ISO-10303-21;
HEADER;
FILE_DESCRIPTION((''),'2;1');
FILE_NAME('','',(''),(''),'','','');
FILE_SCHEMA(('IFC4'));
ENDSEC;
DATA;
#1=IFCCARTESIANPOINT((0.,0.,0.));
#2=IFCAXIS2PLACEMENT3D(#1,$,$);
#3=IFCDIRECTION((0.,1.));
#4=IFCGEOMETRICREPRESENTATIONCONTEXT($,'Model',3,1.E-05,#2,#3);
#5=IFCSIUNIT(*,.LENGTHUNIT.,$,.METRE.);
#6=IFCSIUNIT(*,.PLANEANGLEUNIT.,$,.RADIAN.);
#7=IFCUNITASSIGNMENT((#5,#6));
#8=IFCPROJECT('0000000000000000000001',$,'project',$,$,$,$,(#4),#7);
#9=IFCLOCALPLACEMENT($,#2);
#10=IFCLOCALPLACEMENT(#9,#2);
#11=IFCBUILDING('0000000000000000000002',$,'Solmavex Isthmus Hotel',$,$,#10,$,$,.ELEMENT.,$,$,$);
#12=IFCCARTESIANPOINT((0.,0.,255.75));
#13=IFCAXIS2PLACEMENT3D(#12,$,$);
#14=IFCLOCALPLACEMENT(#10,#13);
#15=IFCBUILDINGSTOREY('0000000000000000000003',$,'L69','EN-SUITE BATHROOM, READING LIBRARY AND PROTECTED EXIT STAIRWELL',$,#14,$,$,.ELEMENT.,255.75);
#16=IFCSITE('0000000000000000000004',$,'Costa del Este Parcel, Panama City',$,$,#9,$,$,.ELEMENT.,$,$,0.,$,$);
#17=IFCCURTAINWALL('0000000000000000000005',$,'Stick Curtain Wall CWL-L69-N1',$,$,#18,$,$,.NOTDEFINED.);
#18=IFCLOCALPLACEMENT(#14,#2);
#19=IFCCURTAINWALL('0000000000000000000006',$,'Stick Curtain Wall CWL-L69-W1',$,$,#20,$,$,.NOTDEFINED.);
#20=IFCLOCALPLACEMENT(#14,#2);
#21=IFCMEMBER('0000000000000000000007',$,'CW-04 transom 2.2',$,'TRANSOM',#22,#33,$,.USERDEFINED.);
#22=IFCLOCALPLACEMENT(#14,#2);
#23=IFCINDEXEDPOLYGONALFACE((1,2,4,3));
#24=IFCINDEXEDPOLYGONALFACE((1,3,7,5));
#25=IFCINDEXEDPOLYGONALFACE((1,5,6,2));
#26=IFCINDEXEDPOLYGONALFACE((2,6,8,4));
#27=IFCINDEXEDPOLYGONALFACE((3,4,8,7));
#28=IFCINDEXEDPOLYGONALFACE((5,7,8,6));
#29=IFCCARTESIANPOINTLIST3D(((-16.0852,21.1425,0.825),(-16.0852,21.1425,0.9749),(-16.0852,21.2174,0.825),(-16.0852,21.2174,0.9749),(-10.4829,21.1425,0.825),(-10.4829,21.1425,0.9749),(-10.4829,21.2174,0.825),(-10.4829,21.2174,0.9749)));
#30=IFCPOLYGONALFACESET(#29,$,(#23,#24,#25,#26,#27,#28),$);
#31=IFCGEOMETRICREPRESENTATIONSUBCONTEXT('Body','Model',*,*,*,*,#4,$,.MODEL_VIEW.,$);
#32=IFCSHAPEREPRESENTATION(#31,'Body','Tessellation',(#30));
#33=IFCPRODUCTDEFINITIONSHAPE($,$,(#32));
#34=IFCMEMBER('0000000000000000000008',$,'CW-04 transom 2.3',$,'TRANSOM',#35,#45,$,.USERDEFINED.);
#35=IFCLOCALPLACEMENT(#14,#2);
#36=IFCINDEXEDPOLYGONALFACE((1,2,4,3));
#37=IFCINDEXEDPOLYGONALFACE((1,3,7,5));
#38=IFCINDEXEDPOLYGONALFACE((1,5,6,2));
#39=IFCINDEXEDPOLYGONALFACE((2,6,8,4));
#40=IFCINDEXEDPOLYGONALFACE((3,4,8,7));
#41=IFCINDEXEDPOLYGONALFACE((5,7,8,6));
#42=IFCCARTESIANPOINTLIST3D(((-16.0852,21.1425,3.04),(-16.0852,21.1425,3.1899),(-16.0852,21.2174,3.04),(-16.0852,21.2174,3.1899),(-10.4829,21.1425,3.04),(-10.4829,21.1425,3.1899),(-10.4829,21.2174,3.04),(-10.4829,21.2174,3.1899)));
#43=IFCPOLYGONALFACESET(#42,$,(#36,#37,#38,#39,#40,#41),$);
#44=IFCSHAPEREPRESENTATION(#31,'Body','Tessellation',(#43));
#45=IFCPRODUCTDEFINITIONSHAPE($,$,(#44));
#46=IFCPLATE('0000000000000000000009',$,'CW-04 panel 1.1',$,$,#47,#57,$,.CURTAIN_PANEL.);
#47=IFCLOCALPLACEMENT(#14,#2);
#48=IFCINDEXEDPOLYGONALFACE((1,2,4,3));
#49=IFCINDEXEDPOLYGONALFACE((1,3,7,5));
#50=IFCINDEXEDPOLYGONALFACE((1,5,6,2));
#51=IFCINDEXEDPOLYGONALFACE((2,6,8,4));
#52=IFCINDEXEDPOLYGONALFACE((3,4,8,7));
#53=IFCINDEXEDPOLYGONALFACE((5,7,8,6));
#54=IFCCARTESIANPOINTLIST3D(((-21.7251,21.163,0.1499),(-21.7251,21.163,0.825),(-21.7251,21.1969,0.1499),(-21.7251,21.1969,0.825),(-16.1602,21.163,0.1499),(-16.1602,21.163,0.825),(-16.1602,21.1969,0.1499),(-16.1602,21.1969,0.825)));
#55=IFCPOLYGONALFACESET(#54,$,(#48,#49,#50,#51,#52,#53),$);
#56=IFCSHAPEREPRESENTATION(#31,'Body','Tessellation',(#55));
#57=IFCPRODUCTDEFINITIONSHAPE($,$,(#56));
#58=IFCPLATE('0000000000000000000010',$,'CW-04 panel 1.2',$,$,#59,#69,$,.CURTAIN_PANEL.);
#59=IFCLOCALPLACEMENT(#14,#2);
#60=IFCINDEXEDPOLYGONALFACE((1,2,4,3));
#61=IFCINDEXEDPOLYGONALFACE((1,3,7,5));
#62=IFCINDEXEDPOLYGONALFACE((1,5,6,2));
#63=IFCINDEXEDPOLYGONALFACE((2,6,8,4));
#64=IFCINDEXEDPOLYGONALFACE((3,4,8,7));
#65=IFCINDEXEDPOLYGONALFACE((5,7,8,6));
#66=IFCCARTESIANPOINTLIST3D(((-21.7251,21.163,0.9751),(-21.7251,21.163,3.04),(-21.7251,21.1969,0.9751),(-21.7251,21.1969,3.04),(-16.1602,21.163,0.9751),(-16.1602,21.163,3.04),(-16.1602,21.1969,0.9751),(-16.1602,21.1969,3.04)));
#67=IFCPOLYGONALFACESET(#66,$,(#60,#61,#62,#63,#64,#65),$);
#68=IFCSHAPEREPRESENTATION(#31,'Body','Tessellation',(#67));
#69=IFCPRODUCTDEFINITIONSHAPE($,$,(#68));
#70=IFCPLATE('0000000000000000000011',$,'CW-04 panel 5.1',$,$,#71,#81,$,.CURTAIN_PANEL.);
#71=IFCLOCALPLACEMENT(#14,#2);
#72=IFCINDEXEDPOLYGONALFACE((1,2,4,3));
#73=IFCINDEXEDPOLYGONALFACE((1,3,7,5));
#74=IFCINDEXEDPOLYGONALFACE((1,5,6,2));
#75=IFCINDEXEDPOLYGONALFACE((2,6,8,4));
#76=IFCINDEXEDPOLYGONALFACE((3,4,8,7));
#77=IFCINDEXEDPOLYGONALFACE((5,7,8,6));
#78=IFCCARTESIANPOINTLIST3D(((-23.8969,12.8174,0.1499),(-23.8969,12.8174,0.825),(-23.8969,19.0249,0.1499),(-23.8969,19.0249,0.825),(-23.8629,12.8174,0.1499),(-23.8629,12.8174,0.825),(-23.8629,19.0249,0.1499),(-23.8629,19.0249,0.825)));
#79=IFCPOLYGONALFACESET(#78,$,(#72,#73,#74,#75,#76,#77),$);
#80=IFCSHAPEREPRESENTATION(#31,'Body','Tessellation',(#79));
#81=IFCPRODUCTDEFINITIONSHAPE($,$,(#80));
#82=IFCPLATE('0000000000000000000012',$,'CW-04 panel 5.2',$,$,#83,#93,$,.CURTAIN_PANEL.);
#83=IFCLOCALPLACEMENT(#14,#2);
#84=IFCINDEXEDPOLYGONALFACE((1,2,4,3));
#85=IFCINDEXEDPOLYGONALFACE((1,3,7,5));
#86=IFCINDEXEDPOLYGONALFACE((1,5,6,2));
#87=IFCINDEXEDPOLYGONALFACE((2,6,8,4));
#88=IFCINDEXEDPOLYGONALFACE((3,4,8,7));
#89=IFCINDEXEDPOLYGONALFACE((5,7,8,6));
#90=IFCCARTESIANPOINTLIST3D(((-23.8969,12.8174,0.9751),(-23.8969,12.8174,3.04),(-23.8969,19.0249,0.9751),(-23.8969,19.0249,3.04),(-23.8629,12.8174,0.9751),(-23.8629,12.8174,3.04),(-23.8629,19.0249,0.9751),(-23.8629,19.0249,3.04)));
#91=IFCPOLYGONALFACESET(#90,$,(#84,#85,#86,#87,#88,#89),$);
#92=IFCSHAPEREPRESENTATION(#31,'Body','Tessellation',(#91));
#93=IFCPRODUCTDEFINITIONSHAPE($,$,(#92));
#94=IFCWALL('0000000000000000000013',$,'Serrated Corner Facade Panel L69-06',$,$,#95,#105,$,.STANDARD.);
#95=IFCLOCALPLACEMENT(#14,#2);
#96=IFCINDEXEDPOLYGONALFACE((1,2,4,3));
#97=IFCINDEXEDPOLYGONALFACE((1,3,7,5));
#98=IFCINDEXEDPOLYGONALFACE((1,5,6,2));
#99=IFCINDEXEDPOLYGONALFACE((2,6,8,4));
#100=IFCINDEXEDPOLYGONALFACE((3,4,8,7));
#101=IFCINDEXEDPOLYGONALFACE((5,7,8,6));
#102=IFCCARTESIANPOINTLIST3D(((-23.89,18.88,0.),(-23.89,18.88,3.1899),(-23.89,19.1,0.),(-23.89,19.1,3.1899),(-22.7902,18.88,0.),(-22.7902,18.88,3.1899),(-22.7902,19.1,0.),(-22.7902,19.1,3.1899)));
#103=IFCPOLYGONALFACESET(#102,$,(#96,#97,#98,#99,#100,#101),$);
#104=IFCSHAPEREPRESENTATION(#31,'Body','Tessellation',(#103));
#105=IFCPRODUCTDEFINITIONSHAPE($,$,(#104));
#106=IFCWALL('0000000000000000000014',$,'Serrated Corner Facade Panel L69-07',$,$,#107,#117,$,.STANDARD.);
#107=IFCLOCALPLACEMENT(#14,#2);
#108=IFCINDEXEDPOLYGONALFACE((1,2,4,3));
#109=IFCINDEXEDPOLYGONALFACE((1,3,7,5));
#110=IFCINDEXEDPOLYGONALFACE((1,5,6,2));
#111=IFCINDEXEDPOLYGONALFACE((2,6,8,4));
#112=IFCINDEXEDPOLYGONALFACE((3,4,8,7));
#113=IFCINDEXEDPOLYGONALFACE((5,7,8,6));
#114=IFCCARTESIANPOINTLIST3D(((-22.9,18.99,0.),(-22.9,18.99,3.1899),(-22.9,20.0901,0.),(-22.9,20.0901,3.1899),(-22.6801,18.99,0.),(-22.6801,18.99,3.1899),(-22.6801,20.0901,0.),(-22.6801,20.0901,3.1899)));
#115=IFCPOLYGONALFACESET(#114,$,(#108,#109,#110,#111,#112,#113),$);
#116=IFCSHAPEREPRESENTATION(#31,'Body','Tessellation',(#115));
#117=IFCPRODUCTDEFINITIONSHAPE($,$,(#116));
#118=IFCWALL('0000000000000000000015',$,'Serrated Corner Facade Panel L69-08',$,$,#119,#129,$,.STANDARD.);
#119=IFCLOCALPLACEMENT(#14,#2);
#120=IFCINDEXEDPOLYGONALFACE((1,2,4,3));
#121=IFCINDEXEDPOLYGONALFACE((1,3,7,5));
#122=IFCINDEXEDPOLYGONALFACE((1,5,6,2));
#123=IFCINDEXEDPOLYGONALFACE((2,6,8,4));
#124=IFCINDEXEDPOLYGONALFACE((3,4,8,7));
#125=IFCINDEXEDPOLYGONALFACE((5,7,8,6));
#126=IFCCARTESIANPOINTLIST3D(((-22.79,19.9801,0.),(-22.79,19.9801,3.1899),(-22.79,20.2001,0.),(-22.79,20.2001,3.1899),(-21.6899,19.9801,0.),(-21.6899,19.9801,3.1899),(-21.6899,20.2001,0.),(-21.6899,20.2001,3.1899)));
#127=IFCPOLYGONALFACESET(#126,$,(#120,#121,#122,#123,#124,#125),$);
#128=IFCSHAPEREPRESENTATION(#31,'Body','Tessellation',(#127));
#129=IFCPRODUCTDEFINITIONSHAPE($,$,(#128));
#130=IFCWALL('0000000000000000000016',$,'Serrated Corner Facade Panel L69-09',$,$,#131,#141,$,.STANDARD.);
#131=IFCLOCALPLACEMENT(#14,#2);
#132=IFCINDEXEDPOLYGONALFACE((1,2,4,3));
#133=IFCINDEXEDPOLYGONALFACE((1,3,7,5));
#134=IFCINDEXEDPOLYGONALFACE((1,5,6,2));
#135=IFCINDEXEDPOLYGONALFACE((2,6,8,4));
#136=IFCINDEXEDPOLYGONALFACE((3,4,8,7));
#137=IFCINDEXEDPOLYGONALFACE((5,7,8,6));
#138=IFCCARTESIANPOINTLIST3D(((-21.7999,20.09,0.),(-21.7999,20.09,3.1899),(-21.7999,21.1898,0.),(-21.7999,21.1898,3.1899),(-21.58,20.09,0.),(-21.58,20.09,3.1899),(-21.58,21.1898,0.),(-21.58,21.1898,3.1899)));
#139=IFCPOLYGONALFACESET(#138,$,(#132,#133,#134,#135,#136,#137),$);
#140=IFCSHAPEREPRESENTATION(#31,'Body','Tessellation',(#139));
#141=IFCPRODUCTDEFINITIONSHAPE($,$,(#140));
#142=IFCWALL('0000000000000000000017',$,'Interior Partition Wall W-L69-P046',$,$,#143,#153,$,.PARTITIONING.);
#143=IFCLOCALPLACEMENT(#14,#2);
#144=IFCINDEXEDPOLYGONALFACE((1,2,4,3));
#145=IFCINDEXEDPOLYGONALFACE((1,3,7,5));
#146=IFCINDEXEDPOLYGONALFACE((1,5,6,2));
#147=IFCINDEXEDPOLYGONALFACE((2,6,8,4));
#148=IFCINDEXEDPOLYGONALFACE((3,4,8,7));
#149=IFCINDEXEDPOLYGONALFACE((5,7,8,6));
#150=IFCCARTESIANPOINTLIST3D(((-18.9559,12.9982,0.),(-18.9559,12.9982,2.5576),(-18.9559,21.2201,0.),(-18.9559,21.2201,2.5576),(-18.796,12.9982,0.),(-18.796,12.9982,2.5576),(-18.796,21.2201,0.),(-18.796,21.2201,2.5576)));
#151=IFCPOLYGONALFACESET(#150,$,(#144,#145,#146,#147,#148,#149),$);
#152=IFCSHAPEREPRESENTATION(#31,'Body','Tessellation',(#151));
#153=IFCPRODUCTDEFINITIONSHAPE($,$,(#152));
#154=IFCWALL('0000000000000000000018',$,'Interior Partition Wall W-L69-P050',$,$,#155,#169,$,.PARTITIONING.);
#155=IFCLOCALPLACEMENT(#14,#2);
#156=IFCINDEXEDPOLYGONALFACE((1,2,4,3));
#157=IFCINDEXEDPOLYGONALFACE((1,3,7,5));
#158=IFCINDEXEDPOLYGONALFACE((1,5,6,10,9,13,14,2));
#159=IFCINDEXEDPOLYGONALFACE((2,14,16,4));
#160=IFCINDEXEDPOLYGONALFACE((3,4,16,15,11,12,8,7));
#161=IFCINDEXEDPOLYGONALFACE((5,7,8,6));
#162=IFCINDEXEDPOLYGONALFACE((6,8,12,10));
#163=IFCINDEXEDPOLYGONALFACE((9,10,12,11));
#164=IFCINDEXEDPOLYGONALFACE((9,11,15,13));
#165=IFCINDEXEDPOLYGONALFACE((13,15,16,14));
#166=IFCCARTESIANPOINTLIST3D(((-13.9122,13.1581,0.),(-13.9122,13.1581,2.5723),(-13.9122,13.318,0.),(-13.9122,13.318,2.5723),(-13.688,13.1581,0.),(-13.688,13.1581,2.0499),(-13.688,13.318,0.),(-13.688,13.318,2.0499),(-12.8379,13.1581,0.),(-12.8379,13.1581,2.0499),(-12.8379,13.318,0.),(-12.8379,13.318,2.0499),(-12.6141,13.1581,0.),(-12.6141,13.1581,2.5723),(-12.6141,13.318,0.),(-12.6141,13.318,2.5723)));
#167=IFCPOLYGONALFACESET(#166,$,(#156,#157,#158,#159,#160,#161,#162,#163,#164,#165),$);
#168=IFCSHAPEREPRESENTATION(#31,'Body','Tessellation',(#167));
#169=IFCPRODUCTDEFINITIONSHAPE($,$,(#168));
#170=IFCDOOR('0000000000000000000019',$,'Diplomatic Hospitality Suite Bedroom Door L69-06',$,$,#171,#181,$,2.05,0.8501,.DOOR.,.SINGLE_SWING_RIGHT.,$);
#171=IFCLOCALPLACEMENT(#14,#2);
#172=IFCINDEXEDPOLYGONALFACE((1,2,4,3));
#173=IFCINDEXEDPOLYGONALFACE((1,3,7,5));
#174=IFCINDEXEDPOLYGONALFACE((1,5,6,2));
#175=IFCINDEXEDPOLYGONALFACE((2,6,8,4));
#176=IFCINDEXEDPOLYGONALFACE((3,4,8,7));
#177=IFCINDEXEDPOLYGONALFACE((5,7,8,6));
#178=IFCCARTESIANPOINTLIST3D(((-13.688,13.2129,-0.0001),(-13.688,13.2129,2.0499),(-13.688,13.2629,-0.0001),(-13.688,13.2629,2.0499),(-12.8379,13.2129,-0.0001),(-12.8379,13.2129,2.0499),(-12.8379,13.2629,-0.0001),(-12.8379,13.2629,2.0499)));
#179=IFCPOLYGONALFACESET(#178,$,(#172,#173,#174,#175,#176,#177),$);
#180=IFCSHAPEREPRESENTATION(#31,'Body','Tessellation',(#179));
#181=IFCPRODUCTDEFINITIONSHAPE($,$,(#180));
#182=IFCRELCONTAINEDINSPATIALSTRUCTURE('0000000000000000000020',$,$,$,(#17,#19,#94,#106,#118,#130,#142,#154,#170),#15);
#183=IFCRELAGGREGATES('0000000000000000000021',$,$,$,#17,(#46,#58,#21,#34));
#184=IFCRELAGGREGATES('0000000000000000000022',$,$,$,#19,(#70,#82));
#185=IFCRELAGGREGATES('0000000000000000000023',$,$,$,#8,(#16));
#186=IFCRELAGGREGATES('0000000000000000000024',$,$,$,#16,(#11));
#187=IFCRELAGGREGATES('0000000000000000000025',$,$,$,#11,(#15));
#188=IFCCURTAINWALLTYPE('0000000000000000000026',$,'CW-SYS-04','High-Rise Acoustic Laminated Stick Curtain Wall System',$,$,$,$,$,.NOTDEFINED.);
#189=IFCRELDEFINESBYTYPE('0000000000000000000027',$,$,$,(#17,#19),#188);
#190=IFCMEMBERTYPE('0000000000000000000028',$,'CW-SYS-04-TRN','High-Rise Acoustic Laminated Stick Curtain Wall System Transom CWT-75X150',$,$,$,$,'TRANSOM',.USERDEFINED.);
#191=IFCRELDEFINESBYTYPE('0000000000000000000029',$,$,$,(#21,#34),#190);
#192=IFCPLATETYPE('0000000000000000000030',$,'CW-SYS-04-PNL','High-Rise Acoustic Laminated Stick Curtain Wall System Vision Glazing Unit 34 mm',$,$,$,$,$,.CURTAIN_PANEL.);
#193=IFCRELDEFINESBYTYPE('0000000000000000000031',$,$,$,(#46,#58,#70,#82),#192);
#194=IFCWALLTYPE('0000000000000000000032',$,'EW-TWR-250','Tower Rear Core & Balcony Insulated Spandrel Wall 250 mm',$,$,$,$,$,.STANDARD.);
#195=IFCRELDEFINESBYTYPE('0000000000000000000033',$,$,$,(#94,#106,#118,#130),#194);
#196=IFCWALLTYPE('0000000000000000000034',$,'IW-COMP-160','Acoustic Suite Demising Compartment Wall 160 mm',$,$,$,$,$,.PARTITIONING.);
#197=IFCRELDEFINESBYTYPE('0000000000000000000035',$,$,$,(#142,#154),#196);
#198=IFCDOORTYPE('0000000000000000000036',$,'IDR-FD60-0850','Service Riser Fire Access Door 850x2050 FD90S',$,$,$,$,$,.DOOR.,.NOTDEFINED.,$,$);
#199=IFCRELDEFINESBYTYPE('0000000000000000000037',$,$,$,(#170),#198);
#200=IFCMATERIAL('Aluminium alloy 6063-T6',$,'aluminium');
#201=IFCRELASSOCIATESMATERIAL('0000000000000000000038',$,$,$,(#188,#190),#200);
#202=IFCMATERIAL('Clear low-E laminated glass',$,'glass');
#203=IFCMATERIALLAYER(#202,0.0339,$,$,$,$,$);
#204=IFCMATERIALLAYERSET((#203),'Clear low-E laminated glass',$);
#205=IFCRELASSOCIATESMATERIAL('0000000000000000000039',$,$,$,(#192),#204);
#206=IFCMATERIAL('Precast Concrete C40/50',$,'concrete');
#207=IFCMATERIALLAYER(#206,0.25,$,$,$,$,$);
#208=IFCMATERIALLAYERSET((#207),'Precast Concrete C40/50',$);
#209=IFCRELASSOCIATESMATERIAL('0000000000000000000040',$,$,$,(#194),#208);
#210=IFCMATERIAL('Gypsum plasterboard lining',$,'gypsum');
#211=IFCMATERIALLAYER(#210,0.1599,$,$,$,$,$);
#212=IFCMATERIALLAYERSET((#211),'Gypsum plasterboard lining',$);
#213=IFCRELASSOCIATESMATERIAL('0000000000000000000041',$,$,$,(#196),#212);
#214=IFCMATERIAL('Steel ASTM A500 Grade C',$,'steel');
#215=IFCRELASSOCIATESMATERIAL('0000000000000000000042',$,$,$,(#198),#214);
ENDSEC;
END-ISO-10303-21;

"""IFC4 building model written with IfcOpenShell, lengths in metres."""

from ifc_helpers import new_model, si_unit, direction, frame, frame_2d, origin, origin_2d, place, context, subcontext, project, spatial, rectangle, extrude, material, layer, layer_set, material_profile, profile_set, type_object, element, fill, aggregate, save


model = new_model("IFC4")

# Units and contexts
model_context = context("Model", 3, precision=1e-05, world=origin(), true_north=direction((0.0, 1.0)))
body_context = subcontext(model_context, "Body", "Model", "MODEL_VIEW")
ifc_project = project(units=[si_unit("LENGTHUNIT", "METRE"), si_unit("PLANEANGLEUNIT", "RADIAN")], contexts=[model_context])

# Site, building, storey
site_placement = place(None, origin())
site = spatial("IfcSite", under=ifc_project, at=site_placement, Name="Costa del Este Parcel, Panama City", CompositionType="ELEMENT", RefElevation=0.0)
building_placement = place(site_placement, origin())
building = spatial("IfcBuilding", under=site, at=building_placement, Name="Solmavex Isthmus Hotel", CompositionType="ELEMENT")
storey_placement = place(building_placement, frame((0.0, 0.0, 255.75)))
storey = spatial("IfcBuildingStorey", under=building, at=storey_placement, Name="L69", Description="EN-SUITE BATHROOM, READING LIBRARY AND PROTECTED EXIT STAIRWELL", CompositionType="ELEMENT", Elevation=255.75)

# Curtain wall
ifc_material_1 = material(Name="Aluminium alloy 6063-T6", Category="aluminium")
curtain_wall_type = type_object("IfcCurtainWallType", Name="CW-SYS-04", Description="High-Rise Acoustic Laminated Stick Curtain Wall System", PredefinedType="NOTDEFINED", material=ifc_material_1)
curtain_wall_1_placement = place(storey_placement, origin())
curtain_wall_1 = element("IfcCurtainWall", 1, at=curtain_wall_1_placement, inside=storey, type_object=curtain_wall_type, Name="Stick Curtain Wall CWL-L69-N1", PredefinedType="NOTDEFINED")

# Curtain wall
curtain_wall_2_placement = place(storey_placement, origin())
curtain_wall_2 = element("IfcCurtainWall", 2, at=curtain_wall_2_placement, inside=storey, type_object=curtain_wall_type, Name="Stick Curtain Wall CWL-L69-W1", PredefinedType="NOTDEFINED")

# Members
ifc_material_profile_1 = material_profile(ifc_material_1, rectangle(XDim=0.075, YDim=0.1499, at=origin_2d()), Name="CWT-75X150")
ifc_profile_set_1 = profile_set([ifc_material_profile_1], Name="Aluminium alloy 6063-T6")
member_type_1 = type_object("IfcMemberType", Name="CW-SYS-04-TRN", Description="High-Rise Acoustic Laminated Stick Curtain Wall System Transom CWT-75X150", ElementType="TRANSOM", PredefinedType="USERDEFINED", material=ifc_profile_set_1)
member_1_placement = place(storey_placement, frame((-16.0852, 21.1799, 0.8999), z_axis=(1.0, 0.0, 0.0), x_axis=(0.0, 1.0, 0.0)))
member_1 = element("IfcMember", 3, at=member_1_placement, type_object=member_type_1, Name="CW-04 transom 2.2", ObjectType="TRANSOM", PredefinedType="USERDEFINED", context=body_context, shape_type="SweptSolid", body=[
    extrude(rectangle(XDim=0.075, YDim=0.1499, at=origin_2d()), origin(), (0.0, 0.0, 1.0), 5.6023),
])
member_2_placement = place(storey_placement, frame((-16.0852, 21.1799, 3.115), z_axis=(1.0, 0.0, 0.0), x_axis=(0.0, 1.0, 0.0)))
member_2 = element("IfcMember", 4, at=member_2_placement, type_object=member_type_1, Name="CW-04 transom 2.3", ObjectType="TRANSOM", PredefinedType="USERDEFINED", context=body_context, shape_type="SweptSolid", body=[
    extrude(rectangle(XDim=0.075, YDim=0.1499, at=origin_2d()), origin(), (0.0, 0.0, 1.0), 5.6023),
])

# Plates
ifc_material_2 = material(Name="Clear low-E laminated glass", Category="glass")
ifc_layer_1 = layer(ifc_material_2, 0.0339)
ifc_layer_set_1 = layer_set([ifc_layer_1], Name="Clear low-E laminated glass")
plate_type = type_object("IfcPlateType", Name="CW-SYS-04-PNL", Description="High-Rise Acoustic Laminated Stick Curtain Wall System Vision Glazing Unit 34 mm", PredefinedType="CURTAIN_PANEL", material=ifc_layer_set_1)
plate_1_placement = place(storey_placement, frame((-18.9426, 21.1799, 0.1499), z_axis=(0.0, 0.0, 1.0), x_axis=(1.0, 0.0, 0.0)))
plate_1 = element("IfcPlate", 5, at=plate_1_placement, type_object=plate_type, Name="CW-04 panel 1.1", PredefinedType="CURTAIN_PANEL", context=body_context, shape_type="SweptSolid", body=[
    extrude(rectangle(XDim=5.5649, YDim=0.0339, at=origin_2d()), origin(), (0.0, 0.0, 1.0), 0.675),
])
plate_2_placement = place(storey_placement, frame((-18.9426, 21.1799, 0.9751), z_axis=(0.0, 0.0, 1.0), x_axis=(1.0, 0.0, 0.0)))
plate_2 = element("IfcPlate", 6, at=plate_2_placement, type_object=plate_type, Name="CW-04 panel 1.2", PredefinedType="CURTAIN_PANEL", context=body_context, shape_type="SweptSolid", body=[
    extrude(rectangle(XDim=5.5649, YDim=0.0339, at=origin_2d()), origin(), (0.0, 0.0, 1.0), 2.0649),
])
aggregate(curtain_wall_1, [plate_1, plate_2, member_1, member_2])
plate_3_placement = place(storey_placement, frame((-23.8799, 15.9211, 0.1499), z_axis=(0.0, 0.0, 1.0), x_axis=(0.0, 1.0, 0.0)))
plate_3 = element("IfcPlate", 7, at=plate_3_placement, type_object=plate_type, Name="CW-04 panel 5.1", PredefinedType="CURTAIN_PANEL", context=body_context, shape_type="SweptSolid", body=[
    extrude(rectangle(XDim=6.2075, YDim=0.0339, at=origin_2d()), origin(), (0.0, 0.0, 1.0), 0.675),
])
plate_4_placement = place(storey_placement, frame((-23.8799, 15.9211, 0.9751), z_axis=(0.0, 0.0, 1.0), x_axis=(0.0, 1.0, 0.0)))
plate_4 = element("IfcPlate", 8, at=plate_4_placement, type_object=plate_type, Name="CW-04 panel 5.2", PredefinedType="CURTAIN_PANEL", context=body_context, shape_type="SweptSolid", body=[
    extrude(rectangle(XDim=6.2075, YDim=0.0339, at=origin_2d()), origin(), (0.0, 0.0, 1.0), 2.0649),
])
aggregate(curtain_wall_2, [plate_3, plate_4])

# Walls
ifc_material_3 = material(Name="Precast Concrete C40/50", Category="concrete")
ifc_layer_2 = layer(ifc_material_3, 0.25)
ifc_layer_set_2 = layer_set([ifc_layer_2], Name="Precast Concrete C40/50")
wall_type_1 = type_object("IfcWallType", Name="EW-TWR-250", Description="Tower Rear Core & Balcony Insulated Spandrel Wall 250 mm", PredefinedType="STANDARD", material=ifc_layer_set_2)
wall_1_placement = place(storey_placement, frame((-23.8899, 18.99, 0.0), z_axis=(0.0, 0.0, 1.0), x_axis=(1.0, 0.0, 0.0)))
element("IfcWall", 9, at=wall_1_placement, inside=storey, type_object=wall_type_1, Name="Serrated Corner Facade Panel L69-06", PredefinedType="STANDARD", context=body_context, shape_type="SweptSolid", body=[
    extrude(rectangle(XDim=1.0999, YDim=0.22, at=frame_2d((0.5498, 0.0))), origin(), (0.0, 0.0, 1.0), 3.1899),
])
for number, where, z_axis, x_axis, name in (
    (10, (-22.79, 18.99, 0.0), (0.0, 0.0, 1.0), (0.0, 1.0, 0.0), "Serrated Corner Facade Panel L69-07"),
    (11, (-22.79, 20.0901, 0.0), (0.0, 0.0, 1.0), (1.0, 0.0, 0.0), "Serrated Corner Facade Panel L69-08"),
):
    element("IfcWall", number, at=place(storey_placement, frame(where, z_axis=z_axis, x_axis=x_axis)), inside=storey, type_object=wall_type_1, Name=name, PredefinedType="STANDARD", context=body_context, shape_type="SweptSolid", body=[
        extrude(rectangle(XDim=1.1001, YDim=0.22, at=frame_2d((0.55, 0.0))), origin(), (0.0, 0.0, 1.0), 3.1899),
    ])
wall_2_placement = place(storey_placement, frame((-21.6899, 20.0901, 0.0), z_axis=(0.0, 0.0, 1.0), x_axis=(0.0, 1.0, 0.0)))
element("IfcWall", 12, at=wall_2_placement, inside=storey, type_object=wall_type_1, Name="Serrated Corner Facade Panel L69-09", PredefinedType="STANDARD", context=body_context, shape_type="SweptSolid", body=[
    extrude(rectangle(XDim=1.0999, YDim=0.22, at=frame_2d((0.5498, 0.0))), origin(), (0.0, 0.0, 1.0), 3.1899),
])

# Shared definitions
ifc_material_4 = material(Name="Gypsum plasterboard lining", Category="gypsum")
ifc_layer_3 = layer(ifc_material_4, 0.1599)
ifc_layer_set_3 = layer_set([ifc_layer_3], Name="Gypsum plasterboard lining")
wall_type_2 = type_object("IfcWallType", Name="IW-COMP-160", Description="Acoustic Suite Demising Compartment Wall 160 mm", PredefinedType="PARTITIONING", material=ifc_layer_set_3)

# Wall
wall_3_placement = place(storey_placement, frame((-18.876, 21.22, 0.0), z_axis=(0.0, 0.0, 1.0), x_axis=(0.0, -1.0, 0.0)))
element("IfcWall", 13, at=wall_3_placement, inside=storey, type_object=wall_type_2, Name="Interior Partition Wall W-L69-P046", PredefinedType="PARTITIONING", context=body_context, shape_type="SweptSolid", body=[
    extrude(rectangle(XDim=8.2219, YDim=0.1599, at=frame_2d((4.1108, 0.0))), origin(), (0.0, 0.0, 1.0), 2.5576),
])

# Wall, opening, door
wall_4_placement = place(storey_placement, frame((-13.9121, 13.238, 0.0), z_axis=(0.0, 0.0, 1.0), x_axis=(1.0, 0.0, 0.0)))
wall_4 = element("IfcWall", 14, at=wall_4_placement, inside=storey, type_object=wall_type_2, Name="Interior Partition Wall W-L69-P050", PredefinedType="PARTITIONING", context=body_context, shape_type="SweptSolid", body=[
    extrude(rectangle(XDim=1.2981, YDim=0.1599, at=frame_2d((0.6489, 0.0))), origin(), (0.0, 0.0, 1.0), 2.5723),
])
opening_1_placement = place(wall_4_placement, frame((0.2241, 0.0, 0.0)))
opening_1 = element("IfcOpeningElement", 15, at=opening_1_placement, cuts=wall_4, PredefinedType="OPENING", context=body_context, shape_type="SweptSolid", body=[
    extrude(rectangle(XDim=0.8501, YDim=2.05, at=frame_2d((0.425, 1.0249))), frame((0.0, 0.0898, 0.0), z_axis=(0.0, -1.0, 0.0), x_axis=(1.0, 0.0, 0.0)), (0.0, 0.0, 1.0), 0.1799),
])
ifc_material_5 = material(Name="Steel ASTM A500 Grade C", Category="steel")
door_type_1 = type_object("IfcDoorType", Name="IDR-FD60-0850", Description="Service Riser Fire Access Door 850x2050 FD90S", OperationType="NOTDEFINED", PredefinedType="DOOR", material=ifc_material_5)
door_1_placement = place(opening_1_placement, origin())
door_1 = element("IfcDoor", 16, at=door_1_placement, inside=storey, type_object=door_type_1, Name="Diplomatic Hospitality Suite Bedroom Door L69-06", OperationType="SINGLE_SWING_RIGHT", OverallHeight=2.05, OverallWidth=0.8501, PredefinedType="DOOR", context=body_context, shape_type="SweptSolid", body=[
    extrude(rectangle(XDim=0.8501, YDim=2.05, at=frame_2d((0.425, 1.0249))), frame((0.0, 0.0249, 0.0), z_axis=(0.0, -1.0, 0.0), x_axis=(1.0, 0.0, 0.0)), (0.0, 0.0, 1.0), 0.05),
])
fill(opening_1, door_1)

save(model, "model.ifc")
